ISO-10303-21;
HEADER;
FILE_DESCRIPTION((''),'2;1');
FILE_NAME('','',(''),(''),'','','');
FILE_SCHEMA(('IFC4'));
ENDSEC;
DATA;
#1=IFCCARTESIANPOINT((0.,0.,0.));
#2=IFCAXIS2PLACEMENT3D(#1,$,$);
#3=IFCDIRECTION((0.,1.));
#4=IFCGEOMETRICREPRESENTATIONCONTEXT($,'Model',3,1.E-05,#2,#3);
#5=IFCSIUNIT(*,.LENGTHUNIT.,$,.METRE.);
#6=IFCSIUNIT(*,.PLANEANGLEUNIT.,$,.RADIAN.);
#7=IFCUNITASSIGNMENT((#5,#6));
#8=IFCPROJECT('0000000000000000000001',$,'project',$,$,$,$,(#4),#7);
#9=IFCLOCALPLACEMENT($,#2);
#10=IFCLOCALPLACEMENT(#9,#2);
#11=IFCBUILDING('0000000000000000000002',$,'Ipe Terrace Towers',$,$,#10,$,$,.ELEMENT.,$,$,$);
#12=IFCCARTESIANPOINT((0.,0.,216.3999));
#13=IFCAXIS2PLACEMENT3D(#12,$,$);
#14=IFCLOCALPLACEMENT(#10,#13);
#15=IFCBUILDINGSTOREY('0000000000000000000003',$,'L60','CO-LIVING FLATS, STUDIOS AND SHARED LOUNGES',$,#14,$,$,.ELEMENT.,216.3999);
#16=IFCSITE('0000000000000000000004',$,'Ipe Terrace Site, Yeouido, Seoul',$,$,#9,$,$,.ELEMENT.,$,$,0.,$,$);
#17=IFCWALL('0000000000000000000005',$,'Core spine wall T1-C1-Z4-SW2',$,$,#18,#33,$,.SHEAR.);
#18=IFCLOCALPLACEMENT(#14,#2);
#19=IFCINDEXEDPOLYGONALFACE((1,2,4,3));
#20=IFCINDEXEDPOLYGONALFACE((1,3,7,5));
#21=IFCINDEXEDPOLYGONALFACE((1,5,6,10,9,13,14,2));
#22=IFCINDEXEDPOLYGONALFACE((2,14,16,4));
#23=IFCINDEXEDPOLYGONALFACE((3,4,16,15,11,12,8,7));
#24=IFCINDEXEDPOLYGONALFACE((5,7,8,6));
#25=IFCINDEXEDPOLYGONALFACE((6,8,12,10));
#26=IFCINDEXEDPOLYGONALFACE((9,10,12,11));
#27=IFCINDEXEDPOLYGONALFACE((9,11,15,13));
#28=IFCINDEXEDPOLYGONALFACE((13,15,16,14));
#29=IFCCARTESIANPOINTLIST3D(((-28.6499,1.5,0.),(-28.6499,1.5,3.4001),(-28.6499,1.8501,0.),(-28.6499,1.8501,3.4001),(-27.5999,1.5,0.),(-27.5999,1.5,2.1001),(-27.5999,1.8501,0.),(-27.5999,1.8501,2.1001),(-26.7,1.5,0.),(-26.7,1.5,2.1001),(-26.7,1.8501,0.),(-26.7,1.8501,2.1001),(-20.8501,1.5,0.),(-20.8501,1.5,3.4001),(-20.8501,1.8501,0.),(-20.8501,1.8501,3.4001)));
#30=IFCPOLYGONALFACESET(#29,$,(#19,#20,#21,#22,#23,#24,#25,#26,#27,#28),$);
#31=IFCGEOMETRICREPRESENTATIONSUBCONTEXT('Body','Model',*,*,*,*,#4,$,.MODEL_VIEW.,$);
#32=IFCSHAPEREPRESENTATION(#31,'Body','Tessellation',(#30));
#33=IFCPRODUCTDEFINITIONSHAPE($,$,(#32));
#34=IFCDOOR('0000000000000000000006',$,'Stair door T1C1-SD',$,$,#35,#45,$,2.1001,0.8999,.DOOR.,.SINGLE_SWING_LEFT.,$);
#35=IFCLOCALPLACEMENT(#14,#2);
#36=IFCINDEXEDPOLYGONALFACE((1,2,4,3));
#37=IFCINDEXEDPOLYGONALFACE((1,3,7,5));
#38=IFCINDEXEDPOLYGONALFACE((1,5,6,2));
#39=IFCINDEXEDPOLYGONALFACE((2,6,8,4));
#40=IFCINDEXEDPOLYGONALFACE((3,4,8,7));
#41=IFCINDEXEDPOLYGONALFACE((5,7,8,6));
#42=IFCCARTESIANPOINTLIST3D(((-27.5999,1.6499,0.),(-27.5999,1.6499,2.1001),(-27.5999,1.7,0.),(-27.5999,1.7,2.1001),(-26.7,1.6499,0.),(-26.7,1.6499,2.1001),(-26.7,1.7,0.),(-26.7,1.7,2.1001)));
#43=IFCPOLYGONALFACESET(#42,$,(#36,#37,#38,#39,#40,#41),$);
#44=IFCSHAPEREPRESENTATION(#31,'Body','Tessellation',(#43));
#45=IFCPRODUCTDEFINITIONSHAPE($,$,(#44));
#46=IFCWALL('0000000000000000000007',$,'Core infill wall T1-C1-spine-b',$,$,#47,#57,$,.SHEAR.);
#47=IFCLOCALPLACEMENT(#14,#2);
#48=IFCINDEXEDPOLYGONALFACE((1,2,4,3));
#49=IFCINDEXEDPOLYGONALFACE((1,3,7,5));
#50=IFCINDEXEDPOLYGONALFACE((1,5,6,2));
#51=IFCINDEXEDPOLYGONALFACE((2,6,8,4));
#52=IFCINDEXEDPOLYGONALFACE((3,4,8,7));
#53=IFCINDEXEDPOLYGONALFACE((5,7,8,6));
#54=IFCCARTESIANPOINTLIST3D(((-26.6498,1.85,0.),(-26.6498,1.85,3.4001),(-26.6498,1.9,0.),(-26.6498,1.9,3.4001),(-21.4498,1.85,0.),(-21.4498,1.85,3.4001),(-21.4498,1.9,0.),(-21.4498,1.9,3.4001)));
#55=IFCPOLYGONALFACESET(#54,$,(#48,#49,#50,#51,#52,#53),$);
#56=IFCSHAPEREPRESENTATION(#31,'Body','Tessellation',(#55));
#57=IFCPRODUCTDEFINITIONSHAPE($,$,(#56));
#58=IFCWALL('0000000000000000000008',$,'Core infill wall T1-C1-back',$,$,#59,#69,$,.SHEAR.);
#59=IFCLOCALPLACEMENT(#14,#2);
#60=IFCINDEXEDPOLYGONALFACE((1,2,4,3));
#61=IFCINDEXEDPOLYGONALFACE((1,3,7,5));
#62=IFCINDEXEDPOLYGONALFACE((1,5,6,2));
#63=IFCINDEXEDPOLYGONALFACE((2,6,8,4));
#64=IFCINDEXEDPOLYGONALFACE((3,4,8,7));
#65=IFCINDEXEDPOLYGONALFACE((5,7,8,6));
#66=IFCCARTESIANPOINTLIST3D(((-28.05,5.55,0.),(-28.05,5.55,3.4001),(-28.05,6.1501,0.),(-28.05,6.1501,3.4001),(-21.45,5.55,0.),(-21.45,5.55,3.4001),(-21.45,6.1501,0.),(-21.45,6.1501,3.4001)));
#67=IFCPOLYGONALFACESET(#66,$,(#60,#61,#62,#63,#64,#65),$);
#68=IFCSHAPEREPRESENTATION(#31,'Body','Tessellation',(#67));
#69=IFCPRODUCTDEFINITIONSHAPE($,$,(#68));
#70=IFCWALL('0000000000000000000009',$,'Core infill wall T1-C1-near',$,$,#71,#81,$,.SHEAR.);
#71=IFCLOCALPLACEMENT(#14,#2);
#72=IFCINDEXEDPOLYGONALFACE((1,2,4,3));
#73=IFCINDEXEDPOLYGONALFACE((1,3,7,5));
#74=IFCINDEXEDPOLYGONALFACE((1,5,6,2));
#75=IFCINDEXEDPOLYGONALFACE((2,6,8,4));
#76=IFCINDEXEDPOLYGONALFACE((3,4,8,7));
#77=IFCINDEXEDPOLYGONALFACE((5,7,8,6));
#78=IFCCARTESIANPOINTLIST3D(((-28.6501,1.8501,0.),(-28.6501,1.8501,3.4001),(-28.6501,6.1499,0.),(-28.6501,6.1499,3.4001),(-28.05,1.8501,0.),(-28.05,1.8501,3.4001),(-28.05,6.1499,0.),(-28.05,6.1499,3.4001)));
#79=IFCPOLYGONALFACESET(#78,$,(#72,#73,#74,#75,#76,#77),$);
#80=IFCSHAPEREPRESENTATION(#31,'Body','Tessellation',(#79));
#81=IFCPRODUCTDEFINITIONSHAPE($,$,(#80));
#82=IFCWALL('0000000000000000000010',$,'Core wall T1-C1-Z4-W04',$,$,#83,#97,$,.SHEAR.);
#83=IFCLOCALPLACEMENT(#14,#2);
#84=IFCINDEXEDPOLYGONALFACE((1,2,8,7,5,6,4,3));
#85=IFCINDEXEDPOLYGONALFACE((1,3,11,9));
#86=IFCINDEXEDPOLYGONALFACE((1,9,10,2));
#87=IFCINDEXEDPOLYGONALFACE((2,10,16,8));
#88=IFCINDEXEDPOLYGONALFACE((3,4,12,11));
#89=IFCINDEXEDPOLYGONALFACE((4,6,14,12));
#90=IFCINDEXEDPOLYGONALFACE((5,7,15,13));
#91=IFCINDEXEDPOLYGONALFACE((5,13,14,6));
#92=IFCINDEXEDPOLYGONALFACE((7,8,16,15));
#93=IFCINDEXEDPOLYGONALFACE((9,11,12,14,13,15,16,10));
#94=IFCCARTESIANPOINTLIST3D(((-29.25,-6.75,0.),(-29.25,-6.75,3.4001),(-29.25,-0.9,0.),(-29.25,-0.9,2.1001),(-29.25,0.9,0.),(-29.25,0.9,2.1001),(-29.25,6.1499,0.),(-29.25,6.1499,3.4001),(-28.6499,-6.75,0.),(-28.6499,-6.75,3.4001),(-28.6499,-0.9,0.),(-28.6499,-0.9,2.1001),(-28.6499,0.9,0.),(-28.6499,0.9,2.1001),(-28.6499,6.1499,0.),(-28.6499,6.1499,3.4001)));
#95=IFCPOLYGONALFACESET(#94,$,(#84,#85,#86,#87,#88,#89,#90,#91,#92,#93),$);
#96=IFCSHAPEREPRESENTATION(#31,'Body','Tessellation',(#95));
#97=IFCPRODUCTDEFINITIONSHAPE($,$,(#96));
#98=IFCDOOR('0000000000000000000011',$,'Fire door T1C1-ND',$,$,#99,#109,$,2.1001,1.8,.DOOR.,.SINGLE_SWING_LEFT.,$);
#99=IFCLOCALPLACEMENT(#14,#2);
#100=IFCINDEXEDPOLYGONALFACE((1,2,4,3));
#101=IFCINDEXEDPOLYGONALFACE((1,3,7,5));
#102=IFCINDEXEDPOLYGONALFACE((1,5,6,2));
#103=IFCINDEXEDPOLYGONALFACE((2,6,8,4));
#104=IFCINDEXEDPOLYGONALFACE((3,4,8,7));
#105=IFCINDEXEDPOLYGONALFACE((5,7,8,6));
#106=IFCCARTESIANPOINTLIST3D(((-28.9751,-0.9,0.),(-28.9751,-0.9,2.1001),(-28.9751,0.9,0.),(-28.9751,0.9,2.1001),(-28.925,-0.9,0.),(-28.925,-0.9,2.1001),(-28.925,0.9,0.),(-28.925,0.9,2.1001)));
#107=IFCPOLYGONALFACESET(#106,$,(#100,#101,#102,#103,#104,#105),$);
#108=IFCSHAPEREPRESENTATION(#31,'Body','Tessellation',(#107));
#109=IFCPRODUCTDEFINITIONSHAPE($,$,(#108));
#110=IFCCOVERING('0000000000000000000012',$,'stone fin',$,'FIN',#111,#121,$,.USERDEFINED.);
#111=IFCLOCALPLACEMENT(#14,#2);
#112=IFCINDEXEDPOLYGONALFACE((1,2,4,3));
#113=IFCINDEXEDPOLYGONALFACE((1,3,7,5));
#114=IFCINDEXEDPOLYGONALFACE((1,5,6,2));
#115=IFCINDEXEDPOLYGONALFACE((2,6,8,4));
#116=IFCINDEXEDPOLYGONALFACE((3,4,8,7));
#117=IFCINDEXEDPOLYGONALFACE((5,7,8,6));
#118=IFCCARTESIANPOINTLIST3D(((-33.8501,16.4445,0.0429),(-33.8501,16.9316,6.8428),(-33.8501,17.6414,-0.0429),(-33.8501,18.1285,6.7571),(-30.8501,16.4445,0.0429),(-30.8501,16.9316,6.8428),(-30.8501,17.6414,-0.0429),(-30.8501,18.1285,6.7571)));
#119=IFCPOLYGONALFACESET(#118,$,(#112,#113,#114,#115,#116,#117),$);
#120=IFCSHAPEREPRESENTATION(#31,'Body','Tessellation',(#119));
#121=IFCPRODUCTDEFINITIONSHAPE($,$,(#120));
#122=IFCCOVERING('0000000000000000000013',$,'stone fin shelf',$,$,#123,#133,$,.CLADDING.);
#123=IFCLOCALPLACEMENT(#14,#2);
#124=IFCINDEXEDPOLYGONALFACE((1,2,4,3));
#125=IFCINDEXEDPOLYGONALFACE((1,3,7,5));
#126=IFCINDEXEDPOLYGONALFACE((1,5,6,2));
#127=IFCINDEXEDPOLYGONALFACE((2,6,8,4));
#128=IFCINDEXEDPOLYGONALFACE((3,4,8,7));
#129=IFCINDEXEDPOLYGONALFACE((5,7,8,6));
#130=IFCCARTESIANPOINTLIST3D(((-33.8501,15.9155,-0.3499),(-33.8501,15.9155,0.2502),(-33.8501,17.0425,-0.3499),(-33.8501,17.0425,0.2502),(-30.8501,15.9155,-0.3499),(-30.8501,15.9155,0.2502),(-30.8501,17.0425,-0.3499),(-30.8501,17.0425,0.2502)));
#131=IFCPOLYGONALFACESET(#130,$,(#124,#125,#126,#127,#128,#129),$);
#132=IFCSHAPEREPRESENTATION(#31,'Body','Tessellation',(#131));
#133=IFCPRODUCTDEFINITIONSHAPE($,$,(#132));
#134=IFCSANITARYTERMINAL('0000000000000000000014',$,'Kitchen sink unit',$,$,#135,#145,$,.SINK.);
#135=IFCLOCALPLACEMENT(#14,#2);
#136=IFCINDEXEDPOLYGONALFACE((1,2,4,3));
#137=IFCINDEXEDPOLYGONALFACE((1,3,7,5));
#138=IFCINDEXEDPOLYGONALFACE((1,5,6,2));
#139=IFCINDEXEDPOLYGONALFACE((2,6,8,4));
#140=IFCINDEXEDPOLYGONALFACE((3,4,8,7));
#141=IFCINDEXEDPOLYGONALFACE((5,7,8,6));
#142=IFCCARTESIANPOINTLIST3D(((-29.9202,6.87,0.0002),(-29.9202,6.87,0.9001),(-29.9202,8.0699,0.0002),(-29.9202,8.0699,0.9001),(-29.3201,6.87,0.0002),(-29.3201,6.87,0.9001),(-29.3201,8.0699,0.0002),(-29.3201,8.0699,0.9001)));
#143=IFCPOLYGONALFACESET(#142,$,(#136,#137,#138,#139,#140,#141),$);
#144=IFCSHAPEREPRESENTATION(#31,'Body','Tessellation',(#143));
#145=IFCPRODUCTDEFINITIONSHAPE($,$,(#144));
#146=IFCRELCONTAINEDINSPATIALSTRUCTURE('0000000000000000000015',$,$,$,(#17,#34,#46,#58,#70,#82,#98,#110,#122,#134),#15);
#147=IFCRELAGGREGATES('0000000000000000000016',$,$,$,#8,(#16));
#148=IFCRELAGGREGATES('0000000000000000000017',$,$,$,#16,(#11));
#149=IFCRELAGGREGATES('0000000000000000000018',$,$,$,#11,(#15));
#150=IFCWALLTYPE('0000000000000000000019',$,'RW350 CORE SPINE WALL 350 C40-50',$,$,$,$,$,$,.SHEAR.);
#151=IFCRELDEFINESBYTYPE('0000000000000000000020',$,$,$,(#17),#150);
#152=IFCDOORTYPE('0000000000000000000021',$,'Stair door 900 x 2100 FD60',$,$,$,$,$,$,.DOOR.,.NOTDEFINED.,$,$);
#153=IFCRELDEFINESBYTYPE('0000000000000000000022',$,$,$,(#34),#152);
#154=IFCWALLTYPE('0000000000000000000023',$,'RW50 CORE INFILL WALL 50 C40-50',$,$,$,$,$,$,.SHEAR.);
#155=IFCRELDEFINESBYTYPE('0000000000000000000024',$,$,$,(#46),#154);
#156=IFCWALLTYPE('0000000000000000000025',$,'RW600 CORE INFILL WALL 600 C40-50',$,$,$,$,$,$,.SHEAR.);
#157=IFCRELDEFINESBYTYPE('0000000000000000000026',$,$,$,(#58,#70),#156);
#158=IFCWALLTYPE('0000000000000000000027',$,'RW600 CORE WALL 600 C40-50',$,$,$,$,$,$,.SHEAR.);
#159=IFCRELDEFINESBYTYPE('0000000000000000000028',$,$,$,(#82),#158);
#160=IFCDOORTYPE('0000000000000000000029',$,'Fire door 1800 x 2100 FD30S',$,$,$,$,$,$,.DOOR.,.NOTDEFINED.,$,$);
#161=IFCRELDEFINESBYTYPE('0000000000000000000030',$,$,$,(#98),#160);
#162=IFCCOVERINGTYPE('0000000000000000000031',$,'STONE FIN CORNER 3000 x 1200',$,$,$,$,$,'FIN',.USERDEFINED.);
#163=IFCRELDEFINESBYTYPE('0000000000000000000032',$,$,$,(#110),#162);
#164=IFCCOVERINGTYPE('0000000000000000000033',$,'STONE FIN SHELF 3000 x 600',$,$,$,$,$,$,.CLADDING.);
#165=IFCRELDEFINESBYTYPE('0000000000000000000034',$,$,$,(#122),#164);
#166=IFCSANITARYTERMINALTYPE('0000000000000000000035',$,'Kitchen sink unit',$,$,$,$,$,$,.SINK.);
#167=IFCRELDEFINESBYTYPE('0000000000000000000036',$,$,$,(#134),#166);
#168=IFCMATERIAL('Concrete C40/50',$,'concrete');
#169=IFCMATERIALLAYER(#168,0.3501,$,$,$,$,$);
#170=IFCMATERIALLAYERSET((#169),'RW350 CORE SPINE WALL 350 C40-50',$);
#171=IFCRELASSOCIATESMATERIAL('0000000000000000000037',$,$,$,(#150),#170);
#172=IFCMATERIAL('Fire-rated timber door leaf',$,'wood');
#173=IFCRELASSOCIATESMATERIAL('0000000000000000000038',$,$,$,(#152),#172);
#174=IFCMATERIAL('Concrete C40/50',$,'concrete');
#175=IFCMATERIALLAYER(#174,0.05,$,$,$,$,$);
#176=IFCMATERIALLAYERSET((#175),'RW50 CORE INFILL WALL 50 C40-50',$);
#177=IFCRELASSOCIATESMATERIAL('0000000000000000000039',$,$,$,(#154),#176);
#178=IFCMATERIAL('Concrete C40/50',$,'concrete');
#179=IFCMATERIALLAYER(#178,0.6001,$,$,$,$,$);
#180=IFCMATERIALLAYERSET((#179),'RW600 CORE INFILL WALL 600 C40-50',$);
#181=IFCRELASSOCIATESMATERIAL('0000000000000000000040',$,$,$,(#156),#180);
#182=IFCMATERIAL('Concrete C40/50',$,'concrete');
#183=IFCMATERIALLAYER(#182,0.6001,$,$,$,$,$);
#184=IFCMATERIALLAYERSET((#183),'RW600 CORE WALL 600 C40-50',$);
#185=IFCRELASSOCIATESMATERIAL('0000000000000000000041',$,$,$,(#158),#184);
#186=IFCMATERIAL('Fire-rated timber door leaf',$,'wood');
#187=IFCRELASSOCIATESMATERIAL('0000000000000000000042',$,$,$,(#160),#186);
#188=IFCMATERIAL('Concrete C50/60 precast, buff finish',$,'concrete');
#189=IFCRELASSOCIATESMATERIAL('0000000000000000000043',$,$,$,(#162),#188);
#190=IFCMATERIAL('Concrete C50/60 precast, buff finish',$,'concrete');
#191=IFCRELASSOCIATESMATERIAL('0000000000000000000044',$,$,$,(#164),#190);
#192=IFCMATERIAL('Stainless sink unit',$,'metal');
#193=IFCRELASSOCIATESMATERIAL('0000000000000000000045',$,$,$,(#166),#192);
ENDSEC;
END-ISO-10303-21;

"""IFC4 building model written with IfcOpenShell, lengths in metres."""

from ifc_helpers import new_model, si_unit, direction, frame, frame_2d, origin, origin_2d, place, context, subcontext, project, spatial, rectangle, extrude, material, layer, layer_set, material_profile, profile_set, type_object, element, fill, save


model = new_model("IFC4")

# Units and contexts
model_context = context("Model", 3, precision=1e-05, world=origin(), true_north=direction((0.0, 1.0)))
body_context = subcontext(model_context, "Body", "Model", "MODEL_VIEW")
ifc_project = project(units=[si_unit("LENGTHUNIT", "METRE"), si_unit("PLANEANGLEUNIT", "RADIAN")], contexts=[model_context])

# Site, building, storey
site_placement = place(None, origin())
site = spatial("IfcSite", under=ifc_project, at=site_placement, Name="Ipe Terrace Site, Yeouido, Seoul", CompositionType="ELEMENT", RefElevation=0.0)
building_placement = place(site_placement, origin())
building = spatial("IfcBuilding", under=site, at=building_placement, Name="Ipe Terrace Towers", CompositionType="ELEMENT")
storey_placement = place(building_placement, frame((0.0, 0.0, 216.3999)))
storey = spatial("IfcBuildingStorey", under=building, at=storey_placement, Name="L60", Description="CO-LIVING FLATS, STUDIOS AND SHARED LOUNGES", CompositionType="ELEMENT", Elevation=216.3999)

# Wall, opening, door
ifc_material_1 = material(Name="Concrete C40/50", Category="concrete")
ifc_layer_1 = layer(ifc_material_1, 0.3501)
ifc_layer_set_1 = layer_set([ifc_layer_1], Name="RW350 CORE SPINE WALL 350 C40-50")
wall_type_1 = type_object("IfcWallType", Name="RW350 CORE SPINE WALL 350 C40-50", PredefinedType="SHEAR", material=ifc_layer_set_1)
wall_1_placement = place(storey_placement, frame((-28.6499, 1.675, 0.0), z_axis=(0.0, 0.0, 1.0), x_axis=(1.0, 0.0, 0.0)))
wall_1 = element("IfcWall", 1, at=wall_1_placement, inside=storey, type_object=wall_type_1, Name="Core spine wall T1-C1-Z4-SW2", PredefinedType="SHEAR", context=body_context, shape_type="SweptSolid", body=[
    extrude(rectangle(XDim=7.7998, YDim=0.3501, at=frame_2d((3.8999, 0.0))), origin(), (0.0, 0.0, 1.0), 3.4001),
])
opening_1_placement = place(wall_1_placement, frame((1.05, 0.0, 0.0)))
opening_1 = element("IfcOpeningElement", 2, at=opening_1_placement, cuts=wall_1, PredefinedType="OPENING", context=body_context, shape_type="SweptSolid", body=[
    extrude(rectangle(XDim=0.8999, YDim=2.1001, at=frame_2d((0.45, 1.05))), frame((0.0, 0.1851, 0.0), z_axis=(0.0, -1.0, 0.0), x_axis=(1.0, 0.0, 0.0)), (0.0, 0.0, 1.0), 0.3701),
])
ifc_material_2 = material(Name="Fire-rated timber door leaf", Category="wood")
door_type_1 = type_object("IfcDoorType", Name="Stair door 900 x 2100 FD60", OperationType="NOTDEFINED", PredefinedType="DOOR", material=ifc_material_2)
door_1_placement = place(opening_1_placement, origin())
door_1 = element("IfcDoor", 3, at=door_1_placement, inside=storey, type_object=door_type_1, Name="Stair door T1C1-SD", OperationType="SINGLE_SWING_LEFT", OverallHeight=2.1001, OverallWidth=0.8999, PredefinedType="DOOR", context=body_context, shape_type="SweptSolid", body=[
    extrude(rectangle(XDim=0.8999, YDim=2.1001, at=frame_2d((0.45, 1.05))), frame((0.0, 0.0249, 0.0), z_axis=(0.0, -1.0, 0.0), x_axis=(1.0, 0.0, 0.0)), (0.0, 0.0, 1.0), 0.05),
])
fill(opening_1, door_1)

# Walls
ifc_material_3 = material(Name="Concrete C40/50", Category="concrete")
ifc_layer_2 = layer(ifc_material_3, 0.05)
ifc_layer_set_2 = layer_set([ifc_layer_2], Name="RW50 CORE INFILL WALL 50 C40-50")
wall_type_2 = type_object("IfcWallType", Name="RW50 CORE INFILL WALL 50 C40-50", PredefinedType="SHEAR", material=ifc_layer_set_2)
wall_2_placement = place(storey_placement, frame((-26.6499, 1.875, 0.0), z_axis=(0.0, 0.0, 1.0), x_axis=(1.0, 0.0, 0.0)))
element("IfcWall", 4, at=wall_2_placement, inside=storey, type_object=wall_type_2, Name="Core infill wall T1-C1-spine-b", PredefinedType="SHEAR", context=body_context, shape_type="SweptSolid", body=[
    extrude(rectangle(XDim=5.2, YDim=0.05, at=frame_2d((2.6001, 0.0))), origin(), (0.0, 0.0, 1.0), 3.4001),
])
ifc_material_4 = material(Name="Concrete C40/50", Category="concrete")
ifc_layer_3 = layer(ifc_material_4, 0.6001)
ifc_layer_set_3 = layer_set([ifc_layer_3], Name="RW600 CORE INFILL WALL 600 C40-50")
wall_type_3 = type_object("IfcWallType", Name="RW600 CORE INFILL WALL 600 C40-50", PredefinedType="SHEAR", material=ifc_layer_set_3)
wall_3_placement = place(storey_placement, frame((-28.05, 5.8501, 0.0), z_axis=(0.0, 0.0, 1.0), x_axis=(1.0, 0.0, 0.0)))
element("IfcWall", 5, at=wall_3_placement, inside=storey, type_object=wall_type_3, Name="Core infill wall T1-C1-back", PredefinedType="SHEAR", context=body_context, shape_type="SweptSolid", body=[
    extrude(rectangle(XDim=6.6001, YDim=0.6001, at=frame_2d((3.3, 0.0))), origin(), (0.0, 0.0, 1.0), 3.4001),
])
wall_4_placement = place(storey_placement, frame((-28.3501, 1.8501, 0.0), z_axis=(0.0, 0.0, 1.0), x_axis=(0.0, 1.0, 0.0)))
element("IfcWall", 6, at=wall_4_placement, inside=storey, type_object=wall_type_3, Name="Core infill wall T1-C1-near", PredefinedType="SHEAR", context=body_context, shape_type="SweptSolid", body=[
    extrude(rectangle(XDim=4.2998, YDim=0.6001, at=frame_2d((2.1499, 0.0))), origin(), (0.0, 0.0, 1.0), 3.4001),
])

# Wall, opening, door
ifc_material_5 = material(Name="Concrete C40/50", Category="concrete")
ifc_layer_4 = layer(ifc_material_5, 0.6001)
ifc_layer_set_4 = layer_set([ifc_layer_4], Name="RW600 CORE WALL 600 C40-50")
wall_type_4 = type_object("IfcWallType", Name="RW600 CORE WALL 600 C40-50", PredefinedType="SHEAR", material=ifc_layer_set_4)
wall_5_placement = place(storey_placement, frame((-28.95, 6.1499, 0.0), z_axis=(0.0, 0.0, 1.0), x_axis=(0.0, -1.0, 0.0)))
wall_5 = element("IfcWall", 7, at=wall_5_placement, inside=storey, type_object=wall_type_4, Name="Core wall T1-C1-Z4-W04", PredefinedType="SHEAR", context=body_context, shape_type="SweptSolid", body=[
    extrude(rectangle(XDim=12.8999, YDim=0.6001, at=frame_2d((6.45, 0.0))), origin(), (0.0, 0.0, 1.0), 3.4001),
])
opening_2_placement = place(wall_5_placement, frame((5.25, 0.0, 0.0)))
opening_2 = element("IfcOpeningElement", 8, at=opening_2_placement, cuts=wall_5, PredefinedType="OPENING", context=body_context, shape_type="SweptSolid", body=[
    extrude(rectangle(XDim=1.8, YDim=2.1001, at=frame_2d((0.8999, 1.05))), frame((0.0, 0.3101, 0.0), z_axis=(0.0, -1.0, 0.0), x_axis=(1.0, 0.0, 0.0)), (0.0, 0.0, 1.0), 0.6201),
])
ifc_material_6 = material(Name="Fire-rated timber door leaf", Category="wood")
door_type_2 = type_object("IfcDoorType", Name="Fire door 1800 x 2100 FD30S", OperationType="NOTDEFINED", PredefinedType="DOOR", material=ifc_material_6)
door_2_placement = place(opening_2_placement, origin())
door_2 = element("IfcDoor", 9, at=door_2_placement, inside=storey, type_object=door_type_2, Name="Fire door T1C1-ND", OperationType="SINGLE_SWING_LEFT", OverallHeight=2.1001, OverallWidth=1.8, PredefinedType="DOOR", context=body_context, shape_type="SweptSolid", body=[
    extrude(rectangle(XDim=1.8, YDim=2.1001, at=frame_2d((0.8999, 1.05))), frame((0.0, 0.0249, 0.0), z_axis=(0.0, -1.0, 0.0), x_axis=(1.0, 0.0, 0.0)), (0.0, 0.0, 1.0), 0.05),
])
fill(opening_2, door_2)

# Coverings
ifc_material_7 = material(Name="Concrete C50/60 precast, buff finish", Category="concrete")
ifc_material_profile_1 = material_profile(ifc_material_7, rectangle(XDim=3.0, YDim=1.2, at=origin_2d()), Name="STONE FIN CORNER 3000 x 1200")
ifc_profile_set_1 = profile_set([ifc_material_profile_1], Name="Concrete C50/60 precast, buff finish")
covering_type_1 = type_object("IfcCoveringType", Name="STONE FIN CORNER 3000 x 1200", ElementType="FIN", PredefinedType="USERDEFINED", material=ifc_profile_set_1)
covering_1_placement = place(storey_placement, frame((-32.3501, 17.043, 0.0), z_axis=(0.0, 0.071443, 0.997445), x_axis=(-1.0, 0.0, 0.0)))
element("IfcCovering", 10, at=covering_1_placement, inside=storey, type_object=covering_type_1, Name="stone fin", ObjectType="FIN", PredefinedType="USERDEFINED", context=body_context, shape_type="SweptSolid", body=[
    extrude(rectangle(XDim=3.0, YDim=1.2, at=origin_2d()), origin(), (0.0, 0.0, 1.0), 6.8174),
])
ifc_material_8 = material(Name="Concrete C50/60 precast, buff finish", Category="concrete")
covering_type_2 = type_object("IfcCoveringType", Name="STONE FIN SHELF 3000 x 600", PredefinedType="CLADDING", material=ifc_material_8)
covering_2_placement = place(storey_placement, frame((-32.3501, 16.479, -0.3499), z_axis=(0.0, 0.0, 1.0), x_axis=(-1.0, 0.0, 0.0)))
element("IfcCovering", 11, at=covering_2_placement, inside=storey, type_object=covering_type_2, Name="stone fin shelf", PredefinedType="CLADDING", context=body_context, shape_type="SweptSolid", body=[
    extrude(rectangle(XDim=3.0, YDim=1.127, at=origin_2d()), origin(), (0.0, 0.0, 1.0), 0.6001),
])

# Sanitary terminal
ifc_material_9 = material(Name="Stainless sink unit", Category="metal")
sanitary_terminal_type = type_object("IfcSanitaryTerminalType", Name="Kitchen sink unit", PredefinedType="SINK", material=ifc_material_9)
sanitary_terminal_placement = place(storey_placement, frame((-29.6201, 7.47, 0.0002), z_axis=(0.0, 0.0, 1.0), x_axis=(0.0, -1.0, 0.0)))
element("IfcSanitaryTerminal", 12, at=sanitary_terminal_placement, inside=storey, type_object=sanitary_terminal_type, Name="Kitchen sink unit", PredefinedType="SINK", context=body_context, shape_type="SweptSolid", body=[
    extrude(rectangle(XDim=1.2, YDim=0.6001, at=origin_2d()), origin(), (0.0, 0.0, 1.0), 0.8999),
])

save(model, "model.ifc")
